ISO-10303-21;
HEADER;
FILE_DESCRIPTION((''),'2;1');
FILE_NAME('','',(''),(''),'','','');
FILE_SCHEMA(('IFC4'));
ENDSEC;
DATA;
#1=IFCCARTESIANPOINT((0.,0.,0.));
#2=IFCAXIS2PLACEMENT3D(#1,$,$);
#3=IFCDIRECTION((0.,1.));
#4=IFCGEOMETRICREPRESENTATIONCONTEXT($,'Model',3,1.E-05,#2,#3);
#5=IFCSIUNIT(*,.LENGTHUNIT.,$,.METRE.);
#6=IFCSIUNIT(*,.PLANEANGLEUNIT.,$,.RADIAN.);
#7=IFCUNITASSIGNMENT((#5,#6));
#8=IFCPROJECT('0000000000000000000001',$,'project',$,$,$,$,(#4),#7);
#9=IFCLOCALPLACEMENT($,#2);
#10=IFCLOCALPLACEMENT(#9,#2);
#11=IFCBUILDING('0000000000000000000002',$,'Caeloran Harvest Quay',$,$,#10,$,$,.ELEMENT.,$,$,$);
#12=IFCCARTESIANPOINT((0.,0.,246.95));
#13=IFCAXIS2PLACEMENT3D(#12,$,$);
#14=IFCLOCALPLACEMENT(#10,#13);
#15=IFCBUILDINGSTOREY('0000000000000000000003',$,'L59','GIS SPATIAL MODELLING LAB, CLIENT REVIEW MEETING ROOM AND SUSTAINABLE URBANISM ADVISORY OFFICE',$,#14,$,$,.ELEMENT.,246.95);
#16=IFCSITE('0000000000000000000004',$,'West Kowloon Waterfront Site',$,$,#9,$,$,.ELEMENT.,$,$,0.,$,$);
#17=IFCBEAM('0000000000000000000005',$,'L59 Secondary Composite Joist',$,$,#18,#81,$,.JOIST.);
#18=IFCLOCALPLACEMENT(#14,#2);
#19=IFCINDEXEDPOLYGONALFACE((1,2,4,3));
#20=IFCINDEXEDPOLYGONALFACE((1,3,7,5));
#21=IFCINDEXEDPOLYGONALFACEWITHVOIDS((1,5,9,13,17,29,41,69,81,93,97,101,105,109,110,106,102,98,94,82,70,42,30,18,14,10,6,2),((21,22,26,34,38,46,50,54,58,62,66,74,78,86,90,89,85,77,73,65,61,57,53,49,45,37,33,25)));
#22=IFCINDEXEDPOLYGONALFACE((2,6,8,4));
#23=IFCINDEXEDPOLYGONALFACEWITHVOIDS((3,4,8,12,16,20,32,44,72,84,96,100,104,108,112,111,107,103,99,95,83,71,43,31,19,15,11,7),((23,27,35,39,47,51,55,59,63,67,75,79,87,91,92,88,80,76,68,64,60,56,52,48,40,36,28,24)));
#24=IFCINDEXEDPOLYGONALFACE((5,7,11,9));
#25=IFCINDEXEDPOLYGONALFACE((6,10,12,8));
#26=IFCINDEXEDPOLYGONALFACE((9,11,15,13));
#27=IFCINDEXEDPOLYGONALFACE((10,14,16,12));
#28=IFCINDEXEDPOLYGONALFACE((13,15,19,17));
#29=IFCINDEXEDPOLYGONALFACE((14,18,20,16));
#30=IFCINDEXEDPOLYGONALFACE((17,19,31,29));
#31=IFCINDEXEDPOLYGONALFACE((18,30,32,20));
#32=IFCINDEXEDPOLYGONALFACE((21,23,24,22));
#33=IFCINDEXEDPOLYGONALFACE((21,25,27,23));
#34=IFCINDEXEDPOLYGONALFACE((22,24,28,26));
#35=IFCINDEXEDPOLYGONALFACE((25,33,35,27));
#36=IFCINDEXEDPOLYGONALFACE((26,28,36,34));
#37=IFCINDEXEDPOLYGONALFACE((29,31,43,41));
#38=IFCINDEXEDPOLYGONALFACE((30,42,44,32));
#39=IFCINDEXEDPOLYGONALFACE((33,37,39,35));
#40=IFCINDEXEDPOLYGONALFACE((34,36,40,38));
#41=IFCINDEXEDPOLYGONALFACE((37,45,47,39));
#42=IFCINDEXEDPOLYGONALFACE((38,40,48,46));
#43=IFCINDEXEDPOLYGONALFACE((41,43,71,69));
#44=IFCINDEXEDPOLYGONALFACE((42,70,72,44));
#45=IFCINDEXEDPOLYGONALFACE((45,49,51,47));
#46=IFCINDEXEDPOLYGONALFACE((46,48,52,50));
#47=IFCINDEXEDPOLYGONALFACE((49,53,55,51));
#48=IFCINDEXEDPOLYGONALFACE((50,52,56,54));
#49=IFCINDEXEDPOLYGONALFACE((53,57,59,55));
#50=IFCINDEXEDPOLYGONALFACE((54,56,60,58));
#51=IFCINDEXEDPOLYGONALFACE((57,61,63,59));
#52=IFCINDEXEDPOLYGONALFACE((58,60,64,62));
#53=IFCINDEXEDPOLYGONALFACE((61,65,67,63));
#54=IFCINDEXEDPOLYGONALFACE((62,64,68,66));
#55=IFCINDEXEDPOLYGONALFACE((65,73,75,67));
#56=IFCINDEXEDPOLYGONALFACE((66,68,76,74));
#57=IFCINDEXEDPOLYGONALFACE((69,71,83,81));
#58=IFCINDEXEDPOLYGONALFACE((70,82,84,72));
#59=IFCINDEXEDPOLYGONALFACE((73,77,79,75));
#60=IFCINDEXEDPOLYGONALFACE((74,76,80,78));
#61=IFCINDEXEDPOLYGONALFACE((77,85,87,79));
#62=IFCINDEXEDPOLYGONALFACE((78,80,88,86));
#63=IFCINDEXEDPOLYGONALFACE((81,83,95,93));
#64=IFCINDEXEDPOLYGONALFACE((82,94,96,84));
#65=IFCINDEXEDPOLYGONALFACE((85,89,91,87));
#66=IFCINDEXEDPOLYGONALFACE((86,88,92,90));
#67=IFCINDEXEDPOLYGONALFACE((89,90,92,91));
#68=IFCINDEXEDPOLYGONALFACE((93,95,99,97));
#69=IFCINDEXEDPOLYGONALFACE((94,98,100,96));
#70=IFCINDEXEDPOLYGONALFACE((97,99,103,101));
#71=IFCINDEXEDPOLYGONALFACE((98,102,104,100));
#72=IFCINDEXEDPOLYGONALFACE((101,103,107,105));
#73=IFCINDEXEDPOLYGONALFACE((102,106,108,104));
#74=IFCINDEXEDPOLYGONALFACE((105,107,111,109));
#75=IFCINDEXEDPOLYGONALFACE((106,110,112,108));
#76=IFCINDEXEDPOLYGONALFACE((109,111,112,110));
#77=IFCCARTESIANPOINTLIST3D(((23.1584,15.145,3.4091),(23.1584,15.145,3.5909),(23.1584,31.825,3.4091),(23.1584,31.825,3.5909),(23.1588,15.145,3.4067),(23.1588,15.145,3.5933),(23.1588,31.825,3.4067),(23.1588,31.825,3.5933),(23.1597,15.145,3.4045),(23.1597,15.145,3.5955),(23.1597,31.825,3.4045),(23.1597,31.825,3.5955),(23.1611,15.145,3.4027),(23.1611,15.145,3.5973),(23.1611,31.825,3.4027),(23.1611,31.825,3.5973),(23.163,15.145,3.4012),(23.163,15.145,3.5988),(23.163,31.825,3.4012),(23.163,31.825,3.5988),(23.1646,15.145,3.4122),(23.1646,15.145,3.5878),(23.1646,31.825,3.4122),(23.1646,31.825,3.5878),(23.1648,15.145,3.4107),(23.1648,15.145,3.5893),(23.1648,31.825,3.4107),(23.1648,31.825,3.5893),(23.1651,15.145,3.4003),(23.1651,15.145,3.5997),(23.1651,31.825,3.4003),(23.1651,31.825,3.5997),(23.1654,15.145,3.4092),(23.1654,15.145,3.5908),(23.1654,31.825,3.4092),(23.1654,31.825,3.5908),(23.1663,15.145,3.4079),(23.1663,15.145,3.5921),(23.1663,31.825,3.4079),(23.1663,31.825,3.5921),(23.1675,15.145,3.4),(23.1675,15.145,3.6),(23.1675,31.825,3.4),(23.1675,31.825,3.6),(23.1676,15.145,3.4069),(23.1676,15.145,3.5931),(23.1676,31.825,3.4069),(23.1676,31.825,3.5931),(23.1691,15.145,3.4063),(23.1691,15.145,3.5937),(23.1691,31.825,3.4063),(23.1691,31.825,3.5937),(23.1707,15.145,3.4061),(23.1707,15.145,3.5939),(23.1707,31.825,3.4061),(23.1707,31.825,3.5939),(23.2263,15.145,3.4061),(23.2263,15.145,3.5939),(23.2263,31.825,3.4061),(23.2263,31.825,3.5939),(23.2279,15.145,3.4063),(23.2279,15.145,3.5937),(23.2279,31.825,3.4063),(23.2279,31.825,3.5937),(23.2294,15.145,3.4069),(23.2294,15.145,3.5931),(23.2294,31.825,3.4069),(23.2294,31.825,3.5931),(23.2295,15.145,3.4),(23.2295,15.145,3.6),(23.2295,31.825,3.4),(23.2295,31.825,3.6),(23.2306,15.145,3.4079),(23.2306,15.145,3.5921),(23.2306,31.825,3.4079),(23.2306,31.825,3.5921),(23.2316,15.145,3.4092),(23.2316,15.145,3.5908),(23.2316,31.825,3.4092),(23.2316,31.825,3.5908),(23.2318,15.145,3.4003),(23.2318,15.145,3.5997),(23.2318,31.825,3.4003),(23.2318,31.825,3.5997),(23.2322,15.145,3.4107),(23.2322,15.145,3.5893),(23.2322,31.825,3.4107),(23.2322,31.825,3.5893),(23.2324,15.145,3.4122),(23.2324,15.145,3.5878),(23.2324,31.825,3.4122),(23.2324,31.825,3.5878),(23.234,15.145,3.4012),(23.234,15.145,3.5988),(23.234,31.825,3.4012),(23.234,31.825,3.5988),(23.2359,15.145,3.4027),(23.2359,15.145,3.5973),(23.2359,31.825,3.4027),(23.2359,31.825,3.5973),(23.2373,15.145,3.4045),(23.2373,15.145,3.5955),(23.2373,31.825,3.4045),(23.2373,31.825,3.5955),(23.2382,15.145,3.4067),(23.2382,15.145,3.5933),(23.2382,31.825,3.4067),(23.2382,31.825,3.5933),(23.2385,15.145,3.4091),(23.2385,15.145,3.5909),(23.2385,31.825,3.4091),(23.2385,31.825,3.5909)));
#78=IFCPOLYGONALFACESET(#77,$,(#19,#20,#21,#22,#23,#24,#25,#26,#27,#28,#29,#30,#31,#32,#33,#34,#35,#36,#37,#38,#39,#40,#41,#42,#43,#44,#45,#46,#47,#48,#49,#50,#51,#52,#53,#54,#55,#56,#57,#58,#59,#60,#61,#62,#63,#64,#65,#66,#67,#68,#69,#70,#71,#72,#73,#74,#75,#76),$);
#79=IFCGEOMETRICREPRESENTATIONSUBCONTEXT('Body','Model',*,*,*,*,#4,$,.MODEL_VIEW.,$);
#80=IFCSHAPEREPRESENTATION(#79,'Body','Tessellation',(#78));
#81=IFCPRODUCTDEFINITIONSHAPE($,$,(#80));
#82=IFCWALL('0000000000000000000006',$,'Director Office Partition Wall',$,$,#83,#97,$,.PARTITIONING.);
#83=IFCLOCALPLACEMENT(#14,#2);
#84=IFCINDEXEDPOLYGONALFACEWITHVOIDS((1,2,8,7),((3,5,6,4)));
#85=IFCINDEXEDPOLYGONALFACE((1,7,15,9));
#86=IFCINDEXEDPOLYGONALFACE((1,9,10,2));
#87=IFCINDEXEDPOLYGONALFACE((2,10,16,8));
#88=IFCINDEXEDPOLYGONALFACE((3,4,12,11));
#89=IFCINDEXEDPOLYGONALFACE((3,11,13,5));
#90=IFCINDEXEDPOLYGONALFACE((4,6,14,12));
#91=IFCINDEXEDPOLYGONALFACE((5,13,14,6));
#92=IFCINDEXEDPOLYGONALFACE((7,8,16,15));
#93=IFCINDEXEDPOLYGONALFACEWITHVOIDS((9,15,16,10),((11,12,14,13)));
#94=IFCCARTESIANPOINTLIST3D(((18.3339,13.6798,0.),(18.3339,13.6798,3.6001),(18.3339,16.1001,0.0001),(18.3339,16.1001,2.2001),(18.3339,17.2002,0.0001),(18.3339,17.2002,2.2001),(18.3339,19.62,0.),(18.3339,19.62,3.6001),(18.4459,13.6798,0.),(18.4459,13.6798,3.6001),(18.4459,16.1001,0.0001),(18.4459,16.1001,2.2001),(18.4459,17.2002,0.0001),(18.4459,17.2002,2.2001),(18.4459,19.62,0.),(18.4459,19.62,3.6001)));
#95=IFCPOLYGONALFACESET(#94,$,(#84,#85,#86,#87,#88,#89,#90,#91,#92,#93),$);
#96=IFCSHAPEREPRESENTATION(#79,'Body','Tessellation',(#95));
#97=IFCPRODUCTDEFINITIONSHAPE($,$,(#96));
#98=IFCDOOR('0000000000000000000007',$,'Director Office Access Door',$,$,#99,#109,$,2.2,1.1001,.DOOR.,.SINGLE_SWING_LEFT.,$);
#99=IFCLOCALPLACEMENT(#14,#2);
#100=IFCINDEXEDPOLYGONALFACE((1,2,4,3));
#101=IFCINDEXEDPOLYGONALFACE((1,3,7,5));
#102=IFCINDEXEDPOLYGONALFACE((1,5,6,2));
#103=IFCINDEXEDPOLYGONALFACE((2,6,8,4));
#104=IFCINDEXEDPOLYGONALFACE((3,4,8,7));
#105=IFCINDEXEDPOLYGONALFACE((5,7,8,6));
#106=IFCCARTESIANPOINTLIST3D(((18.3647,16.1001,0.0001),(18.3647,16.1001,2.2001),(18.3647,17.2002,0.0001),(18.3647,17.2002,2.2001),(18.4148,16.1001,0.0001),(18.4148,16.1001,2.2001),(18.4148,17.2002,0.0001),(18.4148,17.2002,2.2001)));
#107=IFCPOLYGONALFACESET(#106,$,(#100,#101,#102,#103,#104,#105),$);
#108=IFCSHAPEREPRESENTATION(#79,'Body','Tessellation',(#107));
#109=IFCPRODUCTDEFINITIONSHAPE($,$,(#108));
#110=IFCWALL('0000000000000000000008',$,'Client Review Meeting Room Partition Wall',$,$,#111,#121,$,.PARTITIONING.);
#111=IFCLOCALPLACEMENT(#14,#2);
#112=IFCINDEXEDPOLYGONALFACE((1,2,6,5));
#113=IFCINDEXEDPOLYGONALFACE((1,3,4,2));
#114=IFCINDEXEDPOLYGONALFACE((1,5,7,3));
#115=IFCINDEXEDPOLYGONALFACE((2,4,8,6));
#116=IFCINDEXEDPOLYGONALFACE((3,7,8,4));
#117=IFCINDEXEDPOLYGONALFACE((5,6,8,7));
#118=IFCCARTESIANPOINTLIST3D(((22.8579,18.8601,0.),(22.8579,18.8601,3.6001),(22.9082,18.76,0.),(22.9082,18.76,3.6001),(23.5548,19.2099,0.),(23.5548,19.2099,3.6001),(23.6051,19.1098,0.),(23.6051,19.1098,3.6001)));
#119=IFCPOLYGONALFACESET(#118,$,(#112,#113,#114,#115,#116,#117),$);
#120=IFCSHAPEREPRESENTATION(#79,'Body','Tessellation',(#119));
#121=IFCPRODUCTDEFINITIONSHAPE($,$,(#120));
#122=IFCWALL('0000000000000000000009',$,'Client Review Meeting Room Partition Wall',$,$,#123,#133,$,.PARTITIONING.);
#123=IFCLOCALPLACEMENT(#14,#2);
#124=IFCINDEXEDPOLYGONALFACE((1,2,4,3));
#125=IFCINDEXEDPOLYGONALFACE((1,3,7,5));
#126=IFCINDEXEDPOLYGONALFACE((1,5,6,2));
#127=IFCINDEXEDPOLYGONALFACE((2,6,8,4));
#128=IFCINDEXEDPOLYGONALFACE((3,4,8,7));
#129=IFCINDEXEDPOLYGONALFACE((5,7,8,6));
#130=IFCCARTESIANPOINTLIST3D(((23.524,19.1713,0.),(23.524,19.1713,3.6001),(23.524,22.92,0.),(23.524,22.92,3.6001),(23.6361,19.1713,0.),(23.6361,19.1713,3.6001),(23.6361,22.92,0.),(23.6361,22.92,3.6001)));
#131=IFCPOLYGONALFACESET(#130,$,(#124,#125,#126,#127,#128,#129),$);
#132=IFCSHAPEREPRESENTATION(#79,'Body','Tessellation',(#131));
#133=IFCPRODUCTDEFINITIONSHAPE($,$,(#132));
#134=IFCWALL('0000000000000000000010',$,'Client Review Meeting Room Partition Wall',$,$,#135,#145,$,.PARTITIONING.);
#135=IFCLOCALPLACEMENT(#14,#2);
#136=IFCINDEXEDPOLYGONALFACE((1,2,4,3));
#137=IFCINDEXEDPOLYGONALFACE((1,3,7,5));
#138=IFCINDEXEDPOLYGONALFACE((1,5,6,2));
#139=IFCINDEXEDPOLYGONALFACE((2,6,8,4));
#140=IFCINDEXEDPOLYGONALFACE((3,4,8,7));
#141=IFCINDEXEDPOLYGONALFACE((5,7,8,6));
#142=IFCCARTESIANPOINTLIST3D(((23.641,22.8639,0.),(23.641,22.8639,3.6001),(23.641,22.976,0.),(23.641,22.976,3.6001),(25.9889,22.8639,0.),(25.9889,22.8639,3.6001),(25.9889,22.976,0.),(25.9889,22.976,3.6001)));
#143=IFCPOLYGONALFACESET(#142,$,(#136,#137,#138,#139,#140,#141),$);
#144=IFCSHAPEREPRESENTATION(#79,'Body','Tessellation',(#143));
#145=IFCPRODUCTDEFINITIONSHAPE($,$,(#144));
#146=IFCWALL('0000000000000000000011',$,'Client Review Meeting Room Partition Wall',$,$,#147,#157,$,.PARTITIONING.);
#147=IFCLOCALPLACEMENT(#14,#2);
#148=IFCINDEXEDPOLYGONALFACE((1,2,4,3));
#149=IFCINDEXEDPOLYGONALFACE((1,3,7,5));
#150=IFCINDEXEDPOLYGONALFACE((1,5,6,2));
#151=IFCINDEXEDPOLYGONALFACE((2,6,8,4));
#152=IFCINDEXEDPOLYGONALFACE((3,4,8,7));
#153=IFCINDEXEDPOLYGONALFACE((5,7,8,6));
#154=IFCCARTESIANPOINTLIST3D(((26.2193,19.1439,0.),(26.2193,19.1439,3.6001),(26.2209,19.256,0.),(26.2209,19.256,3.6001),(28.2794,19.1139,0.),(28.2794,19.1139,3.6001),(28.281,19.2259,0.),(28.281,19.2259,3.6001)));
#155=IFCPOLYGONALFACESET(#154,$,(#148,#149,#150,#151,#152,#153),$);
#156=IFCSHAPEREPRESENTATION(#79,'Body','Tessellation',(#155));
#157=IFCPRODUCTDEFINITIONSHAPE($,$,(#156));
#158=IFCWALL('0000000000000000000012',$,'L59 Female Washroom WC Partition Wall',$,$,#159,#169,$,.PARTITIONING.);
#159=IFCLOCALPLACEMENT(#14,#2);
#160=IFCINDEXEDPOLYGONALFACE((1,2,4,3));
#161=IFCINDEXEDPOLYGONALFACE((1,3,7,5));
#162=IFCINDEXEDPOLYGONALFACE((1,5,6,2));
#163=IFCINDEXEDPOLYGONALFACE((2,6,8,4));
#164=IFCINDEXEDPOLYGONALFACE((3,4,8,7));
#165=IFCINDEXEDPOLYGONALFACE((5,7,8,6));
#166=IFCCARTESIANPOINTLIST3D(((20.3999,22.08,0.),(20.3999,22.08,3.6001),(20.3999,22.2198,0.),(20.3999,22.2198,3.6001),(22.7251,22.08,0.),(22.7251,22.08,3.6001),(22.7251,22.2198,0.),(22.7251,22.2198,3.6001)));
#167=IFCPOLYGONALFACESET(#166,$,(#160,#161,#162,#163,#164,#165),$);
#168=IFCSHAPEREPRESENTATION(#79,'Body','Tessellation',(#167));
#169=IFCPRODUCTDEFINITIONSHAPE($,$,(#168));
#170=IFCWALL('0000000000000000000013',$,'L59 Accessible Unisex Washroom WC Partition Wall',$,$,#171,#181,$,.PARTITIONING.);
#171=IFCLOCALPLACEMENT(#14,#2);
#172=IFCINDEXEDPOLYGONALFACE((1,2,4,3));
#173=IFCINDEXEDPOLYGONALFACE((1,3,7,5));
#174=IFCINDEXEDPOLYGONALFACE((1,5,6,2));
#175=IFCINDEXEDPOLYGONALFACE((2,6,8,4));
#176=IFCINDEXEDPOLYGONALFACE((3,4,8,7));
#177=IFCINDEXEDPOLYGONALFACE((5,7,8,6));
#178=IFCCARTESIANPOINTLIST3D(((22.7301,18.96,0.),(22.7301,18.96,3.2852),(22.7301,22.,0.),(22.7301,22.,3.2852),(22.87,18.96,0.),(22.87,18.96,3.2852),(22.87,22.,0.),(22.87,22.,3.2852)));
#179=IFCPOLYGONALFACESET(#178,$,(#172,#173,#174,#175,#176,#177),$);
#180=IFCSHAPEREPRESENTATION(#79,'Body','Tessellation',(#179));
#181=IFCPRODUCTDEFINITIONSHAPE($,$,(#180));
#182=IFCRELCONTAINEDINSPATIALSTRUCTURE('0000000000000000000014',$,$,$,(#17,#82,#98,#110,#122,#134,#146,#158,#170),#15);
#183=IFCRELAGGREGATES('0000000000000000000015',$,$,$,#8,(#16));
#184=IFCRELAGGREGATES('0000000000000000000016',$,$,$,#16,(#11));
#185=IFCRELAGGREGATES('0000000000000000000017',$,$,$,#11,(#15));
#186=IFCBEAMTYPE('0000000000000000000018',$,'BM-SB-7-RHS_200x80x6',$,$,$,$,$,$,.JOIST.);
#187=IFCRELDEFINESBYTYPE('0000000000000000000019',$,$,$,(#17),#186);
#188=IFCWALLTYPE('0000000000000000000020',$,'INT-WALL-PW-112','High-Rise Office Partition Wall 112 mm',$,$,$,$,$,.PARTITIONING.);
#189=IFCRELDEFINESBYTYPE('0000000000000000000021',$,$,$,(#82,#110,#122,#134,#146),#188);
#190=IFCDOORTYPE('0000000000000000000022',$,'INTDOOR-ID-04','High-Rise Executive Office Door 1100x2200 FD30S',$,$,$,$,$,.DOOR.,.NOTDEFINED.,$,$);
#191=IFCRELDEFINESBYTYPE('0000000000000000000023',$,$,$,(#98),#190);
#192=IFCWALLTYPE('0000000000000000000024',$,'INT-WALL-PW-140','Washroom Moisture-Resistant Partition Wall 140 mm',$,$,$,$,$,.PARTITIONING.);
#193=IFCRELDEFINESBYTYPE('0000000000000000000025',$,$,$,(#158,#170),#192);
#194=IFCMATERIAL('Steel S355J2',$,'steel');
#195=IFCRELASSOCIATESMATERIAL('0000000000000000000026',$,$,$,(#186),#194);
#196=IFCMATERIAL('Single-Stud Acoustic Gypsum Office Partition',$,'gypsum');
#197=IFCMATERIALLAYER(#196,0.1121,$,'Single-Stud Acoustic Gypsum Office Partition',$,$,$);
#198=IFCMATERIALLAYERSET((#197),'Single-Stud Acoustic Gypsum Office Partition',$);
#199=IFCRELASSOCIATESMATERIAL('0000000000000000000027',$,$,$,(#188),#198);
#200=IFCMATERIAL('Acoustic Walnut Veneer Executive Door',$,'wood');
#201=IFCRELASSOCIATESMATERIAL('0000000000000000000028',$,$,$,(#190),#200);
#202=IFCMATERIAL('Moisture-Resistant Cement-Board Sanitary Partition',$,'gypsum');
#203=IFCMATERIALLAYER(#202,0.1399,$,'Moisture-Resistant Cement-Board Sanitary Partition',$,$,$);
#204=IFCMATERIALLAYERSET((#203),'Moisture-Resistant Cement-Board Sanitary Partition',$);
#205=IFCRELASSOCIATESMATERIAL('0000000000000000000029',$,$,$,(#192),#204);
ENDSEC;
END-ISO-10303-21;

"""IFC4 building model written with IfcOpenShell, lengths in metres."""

from ifc_helpers import new_model, si_unit, direction, frame, frame_2d, origin, origin_2d, place, context, subcontext, project, spatial, rectangle, hollow_rectangle, extrude, material, layer, layer_set, material_profile, profile_set, type_object, element, fill, save


model = new_model("IFC4")

# Units and contexts
model_context = context("Model", 3, precision=1e-05, world=origin(), true_north=direction((0.0, 1.0)))
body_context = subcontext(model_context, "Body", "Model", "MODEL_VIEW")
ifc_project = project(units=[si_unit("LENGTHUNIT", "METRE"), si_unit("PLANEANGLEUNIT", "RADIAN")], contexts=[model_context])

# Site, building, storey
site_placement = place(None, origin())
site = spatial("IfcSite", under=ifc_project, at=site_placement, Name="West Kowloon Waterfront Site", CompositionType="ELEMENT", RefElevation=0.0)
building_placement = place(site_placement, origin())
building = spatial("IfcBuilding", under=site, at=building_placement, Name="Caeloran Harvest Quay", CompositionType="ELEMENT")
storey_placement = place(building_placement, frame((0.0, 0.0, 246.95)))
storey = spatial("IfcBuildingStorey", under=building, at=storey_placement, Name="L59", Description="GIS SPATIAL MODELLING LAB, CLIENT REVIEW MEETING ROOM AND SUSTAINABLE URBANISM ADVISORY OFFICE", CompositionType="ELEMENT", Elevation=246.95)

# Beam
ifc_material_1 = material(Name="Steel S355J2", Category="steel")
ifc_material_profile_1 = material_profile(ifc_material_1, hollow_rectangle(XDim=0.0801, YDim=0.2, WallThickness=0.0061, InnerFilletRadius=0.0061, OuterFilletRadius=0.009, at=origin_2d()), Name="RHS 200x80x6")
ifc_profile_set_1 = profile_set([ifc_material_profile_1], Name="Steel S355J2")
beam_type_1 = type_object("IfcBeamType", Name="BM-SB-7-RHS_200x80x6", PredefinedType="JOIST", material=ifc_profile_set_1)
for number, where, z_axis, x_axis, name in (
    (1, (23.1985, 15.145, 3.5), (0.0, 1.0, 0.0), (-1.0, 0.0, 0.0), "L59 Secondary Composite Joist"),
):
    element("IfcBeam", number, at=place(storey_placement, frame(where, z_axis=z_axis, x_axis=x_axis)), inside=storey, type_object=beam_type_1, Name=name, PredefinedType="JOIST", context=body_context, shape_type="SweptSolid", body=[
        extrude(hollow_rectangle(XDim=0.0801, YDim=0.2, WallThickness=0.0061, InnerFilletRadius=0.0061, OuterFilletRadius=0.009, at=origin_2d()), origin(), (0.0, 0.0, 1.0), 16.6799),
    ])

# Wall, opening, door
ifc_material_2 = material(Name="Single-Stud Acoustic Gypsum Office Partition", Category="gypsum")
ifc_layer_1 = layer(ifc_material_2, 0.1121, Name="Single-Stud Acoustic Gypsum Office Partition")
ifc_layer_set_1 = layer_set([ifc_layer_1], Name="Single-Stud Acoustic Gypsum Office Partition")
wall_type_1 = type_object("IfcWallType", Name="INT-WALL-PW-112", Description="High-Rise Office Partition Wall 112 mm", PredefinedType="PARTITIONING", material=ifc_layer_set_1)
wall_1_placement = place(storey_placement, frame((18.3899, 19.6201, 0.0), z_axis=(0.0, 0.0, 1.0), x_axis=(0.0, -1.0, 0.0)))
wall_1 = element("IfcWall", 2, at=wall_1_placement, inside=storey, type_object=wall_type_1, Name="Director Office Partition Wall", PredefinedType="PARTITIONING", context=body_context, shape_type="SweptSolid", body=[
    extrude(rectangle(XDim=5.9402, YDim=0.1121, at=frame_2d((2.9702, 0.0))), origin(), (0.0, 0.0, 1.0), 3.6001),
])
opening_1_placement = place(wall_1_placement, frame((2.4199, 0.0, 0.0)))
opening_1 = element("IfcOpeningElement", 3, at=opening_1_placement, cuts=wall_1, PredefinedType="OPENING", context=body_context, shape_type="SweptSolid", body=[
    extrude(rectangle(XDim=1.1001, YDim=2.2, at=frame_2d((0.55, 1.1001))), frame((0.0, 0.0659, 0.0), z_axis=(0.0, -1.0, 0.0), x_axis=(1.0, 0.0, 0.0)), (0.0, 0.0, 1.0), 0.1321),
])
ifc_material_3 = material(Name="Acoustic Walnut Veneer Executive Door", Category="wood")
door_type_1 = type_object("IfcDoorType", Name="INTDOOR-ID-04", Description="High-Rise Executive Office Door 1100x2200 FD30S", OperationType="NOTDEFINED", PredefinedType="DOOR", material=ifc_material_3)
door_1_placement = place(opening_1_placement, origin())
door_1 = element("IfcDoor", 4, at=door_1_placement, inside=storey, type_object=door_type_1, Name="Director Office Access Door", OperationType="SINGLE_SWING_LEFT", OverallHeight=2.2, OverallWidth=1.1001, PredefinedType="DOOR", context=body_context, shape_type="SweptSolid", body=[
    extrude(rectangle(XDim=1.1001, YDim=2.2, at=frame_2d((0.55, 1.1001))), frame((0.0, 0.0249, 0.0), z_axis=(0.0, -1.0, 0.0), x_axis=(1.0, 0.0, 0.0)), (0.0, 0.0, 1.0), 0.05),
])
fill(opening_1, door_1)

# Walls
wall_2_placement = place(storey_placement, frame((22.8831, 18.8101, 0.0), z_axis=(0.0, 0.0, 1.0), x_axis=(0.893737, 0.44859, 0.0)))
element("IfcWall", 5, at=wall_2_placement, inside=storey, type_object=wall_type_1, Name="Client Review Meeting Room Partition Wall", PredefinedType="PARTITIONING", context=body_context, shape_type="SweptSolid", body=[
    extrude(rectangle(XDim=0.7798, YDim=0.1121, at=frame_2d((0.3899, 0.0))), origin(), (0.0, 0.0, 1.0), 3.6001),
])
wall_3_placement = place(storey_placement, frame((23.5801, 19.1711, 0.0), z_axis=(0.0, 0.0, 1.0), x_axis=(0.0, 1.0, 0.0)))
element("IfcWall", 6, at=wall_3_placement, inside=storey, type_object=wall_type_1, Name="Client Review Meeting Room Partition Wall", PredefinedType="PARTITIONING", context=body_context, shape_type="SweptSolid", body=[
    extrude(rectangle(XDim=3.7488, YDim=0.1121, at=frame_2d((1.8745, 0.0))), origin(), (0.0, 0.0, 1.0), 3.6001),
])
wall_4_placement = place(storey_placement, frame((23.6411, 22.9199, 0.0), z_axis=(0.0, 0.0, 1.0), x_axis=(1.0, 0.0, 0.0)))
element("IfcWall", 7, at=wall_4_placement, inside=storey, type_object=wall_type_1, Name="Client Review Meeting Room Partition Wall", PredefinedType="PARTITIONING", context=body_context, shape_type="SweptSolid", body=[
    extrude(rectangle(XDim=2.3479, YDim=0.1121, at=frame_2d((1.1738, 0.0))), origin(), (0.0, 0.0, 1.0), 3.6001),
])
wall_5_placement = place(storey_placement, frame((26.22, 19.2, 0.0), z_axis=(0.0, 0.0, 1.0), x_axis=(0.999894, -0.014575, 0.0)))
element("IfcWall", 8, at=wall_5_placement, inside=storey, type_object=wall_type_1, Name="Client Review Meeting Room Partition Wall", PredefinedType="PARTITIONING", context=body_context, shape_type="SweptSolid", body=[
    extrude(rectangle(XDim=2.0603, YDim=0.1121, at=frame_2d((1.0303, 0.0))), origin(), (0.0, 0.0, 1.0), 3.6001),
])
ifc_material_4 = material(Name="Moisture-Resistant Cement-Board Sanitary Partition", Category="gypsum")
ifc_layer_2 = layer(ifc_material_4, 0.1399, Name="Moisture-Resistant Cement-Board Sanitary Partition")
ifc_layer_set_2 = layer_set([ifc_layer_2], Name="Moisture-Resistant Cement-Board Sanitary Partition")
wall_type_2 = type_object("IfcWallType", Name="INT-WALL-PW-140", Description="Washroom Moisture-Resistant Partition Wall 140 mm", PredefinedType="PARTITIONING", material=ifc_layer_set_2)
wall_6_placement = place(storey_placement, frame((22.7251, 22.1499, 0.0), z_axis=(0.0, 0.0, 1.0), x_axis=(-1.0, 0.0, 0.0)))
element("IfcWall", 9, at=wall_6_placement, inside=storey, type_object=wall_type_2, Name="L59 Female Washroom WC Partition Wall", PredefinedType="PARTITIONING", context=body_context, shape_type="SweptSolid", body=[
    extrude(rectangle(XDim=2.3252, YDim=0.1399, at=frame_2d((1.1626, 0.0))), origin(), (0.0, 0.0, 1.0), 3.6001),
])

# Wall
wall_7_placement = place(storey_placement, frame((22.8, 22.0, 0.0), z_axis=(0.0, 0.0, 1.0), x_axis=(0.0, -1.0, 0.0)))
element("IfcWall", 10, at=wall_7_placement, inside=storey, type_object=wall_type_2, Name="L59 Accessible Unisex Washroom WC Partition Wall", PredefinedType="PARTITIONING", context=body_context, shape_type="SweptSolid", body=[
    extrude(rectangle(XDim=3.04, YDim=0.1399, at=frame_2d((1.52, 0.0))), origin(), (0.0, 0.0, 1.0), 3.2852),
])

save(model, "model.ifc")
